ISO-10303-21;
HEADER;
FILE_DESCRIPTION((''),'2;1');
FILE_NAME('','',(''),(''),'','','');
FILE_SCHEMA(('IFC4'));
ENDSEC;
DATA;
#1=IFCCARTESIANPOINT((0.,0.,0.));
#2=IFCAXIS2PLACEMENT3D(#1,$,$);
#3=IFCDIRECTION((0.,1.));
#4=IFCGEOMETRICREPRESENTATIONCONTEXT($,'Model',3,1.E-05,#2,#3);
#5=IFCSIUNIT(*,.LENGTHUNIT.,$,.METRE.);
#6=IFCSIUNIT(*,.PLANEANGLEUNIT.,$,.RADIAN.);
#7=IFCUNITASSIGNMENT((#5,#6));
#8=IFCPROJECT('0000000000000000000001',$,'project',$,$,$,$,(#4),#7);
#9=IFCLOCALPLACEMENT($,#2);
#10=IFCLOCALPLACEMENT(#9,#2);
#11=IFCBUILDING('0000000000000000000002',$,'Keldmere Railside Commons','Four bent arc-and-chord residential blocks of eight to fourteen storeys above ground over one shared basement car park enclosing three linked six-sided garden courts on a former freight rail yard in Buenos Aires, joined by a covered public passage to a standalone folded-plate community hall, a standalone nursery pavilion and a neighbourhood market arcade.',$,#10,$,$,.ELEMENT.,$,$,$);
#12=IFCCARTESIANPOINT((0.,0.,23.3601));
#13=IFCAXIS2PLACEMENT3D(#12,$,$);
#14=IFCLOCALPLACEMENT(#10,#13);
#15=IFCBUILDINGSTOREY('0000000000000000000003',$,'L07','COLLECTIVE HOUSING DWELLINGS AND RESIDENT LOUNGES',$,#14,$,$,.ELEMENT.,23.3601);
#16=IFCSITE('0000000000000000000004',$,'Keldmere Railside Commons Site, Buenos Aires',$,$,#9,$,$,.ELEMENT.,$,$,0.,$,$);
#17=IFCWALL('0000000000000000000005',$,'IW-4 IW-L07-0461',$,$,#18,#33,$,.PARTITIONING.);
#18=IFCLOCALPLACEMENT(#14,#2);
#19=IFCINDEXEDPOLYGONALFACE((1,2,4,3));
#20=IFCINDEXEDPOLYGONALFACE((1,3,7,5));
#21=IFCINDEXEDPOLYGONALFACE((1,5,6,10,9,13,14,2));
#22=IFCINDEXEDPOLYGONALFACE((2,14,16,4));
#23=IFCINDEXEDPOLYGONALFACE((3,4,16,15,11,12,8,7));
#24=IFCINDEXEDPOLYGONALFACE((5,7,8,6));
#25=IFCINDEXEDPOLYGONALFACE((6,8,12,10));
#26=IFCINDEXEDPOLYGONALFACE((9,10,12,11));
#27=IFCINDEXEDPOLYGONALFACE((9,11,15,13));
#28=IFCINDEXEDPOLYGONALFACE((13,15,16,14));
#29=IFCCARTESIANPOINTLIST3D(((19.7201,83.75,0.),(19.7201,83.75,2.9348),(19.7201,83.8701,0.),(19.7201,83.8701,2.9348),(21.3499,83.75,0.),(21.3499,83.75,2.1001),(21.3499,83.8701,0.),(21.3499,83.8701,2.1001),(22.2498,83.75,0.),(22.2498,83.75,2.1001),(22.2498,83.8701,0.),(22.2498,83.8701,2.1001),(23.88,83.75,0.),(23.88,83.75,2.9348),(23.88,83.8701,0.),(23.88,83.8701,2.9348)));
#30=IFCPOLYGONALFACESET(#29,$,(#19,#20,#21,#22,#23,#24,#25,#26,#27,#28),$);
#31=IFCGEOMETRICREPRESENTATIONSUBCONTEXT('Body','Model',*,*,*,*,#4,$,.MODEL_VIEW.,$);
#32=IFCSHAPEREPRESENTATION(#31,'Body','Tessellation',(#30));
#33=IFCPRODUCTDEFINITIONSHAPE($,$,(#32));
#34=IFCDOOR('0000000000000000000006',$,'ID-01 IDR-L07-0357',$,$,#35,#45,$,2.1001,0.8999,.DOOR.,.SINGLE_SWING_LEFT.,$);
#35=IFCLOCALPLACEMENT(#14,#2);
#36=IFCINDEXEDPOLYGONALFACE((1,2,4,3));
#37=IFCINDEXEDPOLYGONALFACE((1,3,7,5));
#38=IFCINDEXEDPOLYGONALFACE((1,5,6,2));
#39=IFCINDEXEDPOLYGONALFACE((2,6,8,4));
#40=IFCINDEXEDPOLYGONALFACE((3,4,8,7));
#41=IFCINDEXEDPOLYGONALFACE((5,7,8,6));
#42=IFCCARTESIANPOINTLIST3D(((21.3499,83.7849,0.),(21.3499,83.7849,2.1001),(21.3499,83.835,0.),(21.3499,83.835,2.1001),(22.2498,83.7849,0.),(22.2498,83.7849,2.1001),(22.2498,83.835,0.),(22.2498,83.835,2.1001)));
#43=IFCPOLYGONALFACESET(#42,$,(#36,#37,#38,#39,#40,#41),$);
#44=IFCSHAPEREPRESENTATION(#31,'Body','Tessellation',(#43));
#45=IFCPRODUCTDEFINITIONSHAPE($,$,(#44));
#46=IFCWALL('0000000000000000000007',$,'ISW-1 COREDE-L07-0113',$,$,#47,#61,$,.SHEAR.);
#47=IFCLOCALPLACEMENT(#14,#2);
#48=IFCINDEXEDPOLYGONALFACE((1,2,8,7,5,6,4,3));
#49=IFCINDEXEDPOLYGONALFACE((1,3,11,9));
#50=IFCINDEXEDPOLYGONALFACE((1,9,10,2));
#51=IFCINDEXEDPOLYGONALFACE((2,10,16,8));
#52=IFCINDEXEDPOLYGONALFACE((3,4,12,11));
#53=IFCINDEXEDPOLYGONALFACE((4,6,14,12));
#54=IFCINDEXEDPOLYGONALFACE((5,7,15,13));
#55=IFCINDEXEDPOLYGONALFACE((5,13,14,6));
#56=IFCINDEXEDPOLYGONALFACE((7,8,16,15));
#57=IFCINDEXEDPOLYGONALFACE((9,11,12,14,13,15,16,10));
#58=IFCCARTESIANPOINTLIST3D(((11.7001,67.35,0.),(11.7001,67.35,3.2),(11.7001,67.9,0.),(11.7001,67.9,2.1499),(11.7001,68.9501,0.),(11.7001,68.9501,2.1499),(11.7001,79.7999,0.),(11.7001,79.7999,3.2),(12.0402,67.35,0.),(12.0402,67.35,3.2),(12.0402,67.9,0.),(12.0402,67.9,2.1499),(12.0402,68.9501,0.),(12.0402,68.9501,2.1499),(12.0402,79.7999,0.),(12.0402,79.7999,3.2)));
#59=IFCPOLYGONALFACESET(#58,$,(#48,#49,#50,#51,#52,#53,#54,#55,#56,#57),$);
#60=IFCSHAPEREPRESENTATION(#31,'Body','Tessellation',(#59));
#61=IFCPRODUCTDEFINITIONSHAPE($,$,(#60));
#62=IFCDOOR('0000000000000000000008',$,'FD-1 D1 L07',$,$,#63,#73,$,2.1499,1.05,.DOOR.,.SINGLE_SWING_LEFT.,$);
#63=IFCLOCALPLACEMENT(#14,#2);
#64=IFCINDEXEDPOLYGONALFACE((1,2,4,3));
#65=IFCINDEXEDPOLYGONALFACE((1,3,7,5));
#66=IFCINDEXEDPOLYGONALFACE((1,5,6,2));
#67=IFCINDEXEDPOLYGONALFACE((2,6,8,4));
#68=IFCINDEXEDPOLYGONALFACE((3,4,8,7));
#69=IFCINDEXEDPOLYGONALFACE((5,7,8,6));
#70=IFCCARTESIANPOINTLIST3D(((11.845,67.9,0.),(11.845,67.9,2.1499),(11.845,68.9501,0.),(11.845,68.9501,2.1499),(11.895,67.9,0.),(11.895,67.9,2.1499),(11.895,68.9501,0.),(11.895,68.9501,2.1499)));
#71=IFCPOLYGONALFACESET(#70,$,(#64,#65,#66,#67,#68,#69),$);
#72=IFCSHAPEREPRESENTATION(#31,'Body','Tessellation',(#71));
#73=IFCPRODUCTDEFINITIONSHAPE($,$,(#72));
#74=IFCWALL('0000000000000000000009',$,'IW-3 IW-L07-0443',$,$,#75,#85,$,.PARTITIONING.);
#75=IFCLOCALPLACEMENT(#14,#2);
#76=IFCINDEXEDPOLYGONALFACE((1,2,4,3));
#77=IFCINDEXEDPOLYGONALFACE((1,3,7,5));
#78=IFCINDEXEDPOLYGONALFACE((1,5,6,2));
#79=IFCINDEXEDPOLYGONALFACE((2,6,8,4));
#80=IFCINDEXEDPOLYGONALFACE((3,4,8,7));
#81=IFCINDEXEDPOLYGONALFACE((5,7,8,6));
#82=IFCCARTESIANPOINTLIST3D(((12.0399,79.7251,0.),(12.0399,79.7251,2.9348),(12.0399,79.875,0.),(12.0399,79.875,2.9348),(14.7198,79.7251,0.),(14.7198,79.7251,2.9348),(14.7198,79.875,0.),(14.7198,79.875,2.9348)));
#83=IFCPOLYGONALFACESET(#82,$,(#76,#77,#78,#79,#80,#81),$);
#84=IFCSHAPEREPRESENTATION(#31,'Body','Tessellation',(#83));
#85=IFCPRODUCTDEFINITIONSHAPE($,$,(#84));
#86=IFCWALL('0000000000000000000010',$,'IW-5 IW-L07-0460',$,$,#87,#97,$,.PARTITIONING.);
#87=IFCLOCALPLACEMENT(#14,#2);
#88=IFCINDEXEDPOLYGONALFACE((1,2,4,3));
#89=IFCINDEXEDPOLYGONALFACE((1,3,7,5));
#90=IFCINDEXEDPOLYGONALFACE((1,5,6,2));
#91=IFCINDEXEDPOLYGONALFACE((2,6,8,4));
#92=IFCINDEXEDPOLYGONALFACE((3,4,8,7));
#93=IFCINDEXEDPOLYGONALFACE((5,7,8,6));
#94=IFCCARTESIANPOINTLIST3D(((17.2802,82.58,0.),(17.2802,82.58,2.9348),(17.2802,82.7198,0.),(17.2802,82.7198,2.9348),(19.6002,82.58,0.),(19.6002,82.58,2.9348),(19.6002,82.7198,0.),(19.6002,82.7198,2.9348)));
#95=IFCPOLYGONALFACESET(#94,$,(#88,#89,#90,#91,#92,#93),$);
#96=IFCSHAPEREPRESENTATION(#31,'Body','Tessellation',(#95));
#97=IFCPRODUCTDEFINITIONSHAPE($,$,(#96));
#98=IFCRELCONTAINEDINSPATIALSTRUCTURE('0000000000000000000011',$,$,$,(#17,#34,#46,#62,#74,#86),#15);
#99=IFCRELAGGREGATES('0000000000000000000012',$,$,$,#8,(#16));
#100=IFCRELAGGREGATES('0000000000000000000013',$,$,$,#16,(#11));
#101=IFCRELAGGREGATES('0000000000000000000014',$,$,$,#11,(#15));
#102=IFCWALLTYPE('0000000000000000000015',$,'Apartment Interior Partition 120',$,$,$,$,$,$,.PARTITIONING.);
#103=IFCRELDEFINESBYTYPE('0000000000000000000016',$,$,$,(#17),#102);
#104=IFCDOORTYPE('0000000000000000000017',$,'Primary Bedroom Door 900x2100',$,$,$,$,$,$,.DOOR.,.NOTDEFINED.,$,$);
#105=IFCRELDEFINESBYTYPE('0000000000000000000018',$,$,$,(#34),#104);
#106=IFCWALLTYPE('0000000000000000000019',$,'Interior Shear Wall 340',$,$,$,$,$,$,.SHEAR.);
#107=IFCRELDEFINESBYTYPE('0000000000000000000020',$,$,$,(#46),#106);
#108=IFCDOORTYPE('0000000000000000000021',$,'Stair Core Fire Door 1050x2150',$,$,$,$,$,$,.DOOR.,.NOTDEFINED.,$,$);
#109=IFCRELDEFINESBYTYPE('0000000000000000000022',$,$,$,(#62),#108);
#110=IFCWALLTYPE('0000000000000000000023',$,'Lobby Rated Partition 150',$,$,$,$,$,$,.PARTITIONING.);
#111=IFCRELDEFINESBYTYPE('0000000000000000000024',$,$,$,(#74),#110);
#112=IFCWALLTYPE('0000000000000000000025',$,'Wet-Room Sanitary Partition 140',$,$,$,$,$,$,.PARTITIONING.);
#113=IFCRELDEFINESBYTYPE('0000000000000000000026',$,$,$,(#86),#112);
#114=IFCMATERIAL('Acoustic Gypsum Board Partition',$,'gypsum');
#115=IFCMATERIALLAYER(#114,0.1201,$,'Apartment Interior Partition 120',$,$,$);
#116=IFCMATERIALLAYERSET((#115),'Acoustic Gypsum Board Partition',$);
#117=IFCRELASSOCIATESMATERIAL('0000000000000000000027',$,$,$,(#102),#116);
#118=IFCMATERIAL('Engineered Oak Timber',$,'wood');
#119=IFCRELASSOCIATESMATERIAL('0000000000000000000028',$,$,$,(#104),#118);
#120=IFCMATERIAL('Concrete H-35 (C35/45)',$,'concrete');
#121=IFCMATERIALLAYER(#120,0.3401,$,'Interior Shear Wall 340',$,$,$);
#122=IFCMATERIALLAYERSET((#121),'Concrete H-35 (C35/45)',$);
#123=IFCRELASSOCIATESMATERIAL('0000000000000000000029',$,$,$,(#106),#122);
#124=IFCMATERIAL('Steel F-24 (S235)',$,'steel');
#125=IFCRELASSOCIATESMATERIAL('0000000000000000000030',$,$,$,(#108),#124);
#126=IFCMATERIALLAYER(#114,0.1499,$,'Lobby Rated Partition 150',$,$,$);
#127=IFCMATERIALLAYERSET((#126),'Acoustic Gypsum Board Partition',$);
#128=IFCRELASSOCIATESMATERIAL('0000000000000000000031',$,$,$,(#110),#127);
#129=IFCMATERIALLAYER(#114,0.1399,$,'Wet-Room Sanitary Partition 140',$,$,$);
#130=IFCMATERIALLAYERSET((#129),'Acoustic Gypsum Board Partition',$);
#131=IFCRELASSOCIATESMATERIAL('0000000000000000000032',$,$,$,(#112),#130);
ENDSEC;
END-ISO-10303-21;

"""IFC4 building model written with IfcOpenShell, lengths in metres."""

from ifc_helpers import new_model, si_unit, direction, frame, frame_2d, origin, place, context, subcontext, project, spatial, rectangle, extrude, material, layer, layer_set, type_object, element, fill, save


model = new_model("IFC4")

# Units and contexts
model_context = context("Model", 3, precision=1e-05, world=origin(), true_north=direction((0.0, 1.0)))
body_context = subcontext(model_context, "Body", "Model", "MODEL_VIEW")
ifc_project = project(units=[si_unit("LENGTHUNIT", "METRE"), si_unit("PLANEANGLEUNIT", "RADIAN")], contexts=[model_context])

# Site, building, storey
site_placement = place(None, origin())
site = spatial("IfcSite", under=ifc_project, at=site_placement, Name="Keldmere Railside Commons Site, Buenos Aires", CompositionType="ELEMENT", RefElevation=0.0)
building_placement = place(site_placement, origin())
building = spatial("IfcBuilding", under=site, at=building_placement, Name="Keldmere Railside Commons", Description="Four bent arc-and-chord residential blocks of eight to fourteen storeys above ground over one shared basement car park enclosing three linked six-sided garden courts on a former freight rail yard in Buenos Aires, joined by a covered public passage to a standalone folded-plate community hall, a standalone nursery pavilion and a neighbourhood market arcade.", CompositionType="ELEMENT")
storey_placement = place(building_placement, frame((0.0, 0.0, 23.3601)))
storey = spatial("IfcBuildingStorey", under=building, at=storey_placement, Name="L07", Description="COLLECTIVE HOUSING DWELLINGS AND RESIDENT LOUNGES", CompositionType="ELEMENT", Elevation=23.3601)

# Shared definitions
ifc_material_1 = material(Name="Concrete H-35 (C35/45)", Category="concrete")

# Shared definitions
ifc_material_2 = material(Name="Acoustic Gypsum Board Partition", Category="gypsum")

# Shared definitions
ifc_layer_1 = layer(ifc_material_2, 0.1201, Name="Apartment Interior Partition 120")
ifc_layer_set_1 = layer_set([ifc_layer_1], Name="Acoustic Gypsum Board Partition")
wall_type_1 = type_object("IfcWallType", Name="Apartment Interior Partition 120", PredefinedType="PARTITIONING", material=ifc_layer_set_1)
ifc_material_3 = material(Name="Engineered Oak Timber", Category="wood")

# Walls, openings, doors
wall_1_placement = place(storey_placement, frame((19.72, 83.8101, 0.0), z_axis=(0.0, 0.0, 1.0), x_axis=(1.0, 0.0, 0.0)))
wall_1 = element("IfcWall", 1, at=wall_1_placement, inside=storey, type_object=wall_type_1, Name="IW-4 IW-L07-0461", PredefinedType="PARTITIONING", context=body_context, shape_type="SweptSolid", body=[
    extrude(rectangle(XDim=4.1599, YDim=0.1201, at=frame_2d((2.0801, 0.0))), origin(), (0.0, 0.0, 1.0), 2.9348),
])
opening_1_placement = place(wall_1_placement, frame((1.6299, 0.0, 0.0)))
opening_1 = element("IfcOpeningElement", 2, at=opening_1_placement, cuts=wall_1, PredefinedType="OPENING", context=body_context, shape_type="SweptSolid", body=[
    extrude(rectangle(XDim=0.8999, YDim=2.1001, at=frame_2d((0.45, 1.05))), frame((0.0, 0.0701, 0.0), z_axis=(0.0, -1.0, 0.0), x_axis=(1.0, 0.0, 0.0)), (0.0, 0.0, 1.0), 0.1401),
])
door_type_1 = type_object("IfcDoorType", Name="Primary Bedroom Door 900x2100", OperationType="NOTDEFINED", PredefinedType="DOOR", material=ifc_material_3)
door_1_placement = place(opening_1_placement, origin())
door_1 = element("IfcDoor", 3, at=door_1_placement, inside=storey, type_object=door_type_1, Name="ID-01 IDR-L07-0357", OperationType="SINGLE_SWING_LEFT", OverallHeight=2.1001, OverallWidth=0.8999, PredefinedType="DOOR", context=body_context, shape_type="SweptSolid", body=[
    extrude(rectangle(XDim=0.8999, YDim=2.1001, at=frame_2d((0.45, 1.05))), frame((0.0, 0.0249, 0.0), z_axis=(0.0, -1.0, 0.0), x_axis=(1.0, 0.0, 0.0)), (0.0, 0.0, 1.0), 0.05),
])
fill(opening_1, door_1)
ifc_layer_2 = layer(ifc_material_1, 0.3401, Name="Interior Shear Wall 340")
ifc_layer_set_2 = layer_set([ifc_layer_2], Name="Concrete H-35 (C35/45)")
wall_type_2 = type_object("IfcWallType", Name="Interior Shear Wall 340", PredefinedType="SHEAR", material=ifc_layer_set_2)
wall_2_placement = place(storey_placement, frame((11.8701, 79.8, 0.0), z_axis=(0.0, 0.0, 1.0), x_axis=(0.0, -1.0, 0.0)))
wall_2 = element("IfcWall", 4, at=wall_2_placement, inside=storey, type_object=wall_type_2, Name="ISW-1 COREDE-L07-0113", PredefinedType="SHEAR", context=body_context, shape_type="SweptSolid", body=[
    extrude(rectangle(XDim=12.45, YDim=0.3401, at=frame_2d((6.2251, 0.0))), origin(), (0.0, 0.0, 1.0), 3.2),
])
opening_2_placement = place(wall_2_placement, frame((10.8501, 0.0, 0.0)))
opening_2 = element("IfcOpeningElement", 5, at=opening_2_placement, cuts=wall_2, PredefinedType="OPENING", context=body_context, shape_type="SweptSolid", body=[
    extrude(rectangle(XDim=1.05, YDim=2.1499, at=frame_2d((0.5249, 1.075))), frame((0.0, 0.1799, 0.0), z_axis=(0.0, -1.0, 0.0), x_axis=(1.0, 0.0, 0.0)), (0.0, 0.0, 1.0), 0.3601),
])
ifc_material_4 = material(Name="Steel F-24 (S235)", Category="steel")
door_type_2 = type_object("IfcDoorType", Name="Stair Core Fire Door 1050x2150", OperationType="NOTDEFINED", PredefinedType="DOOR", material=ifc_material_4)
door_2_placement = place(opening_2_placement, origin())
door_2 = element("IfcDoor", 6, at=door_2_placement, inside=storey, type_object=door_type_2, Name="FD-1 D1 L07", OperationType="SINGLE_SWING_LEFT", OverallHeight=2.1499, OverallWidth=1.05, PredefinedType="DOOR", context=body_context, shape_type="SweptSolid", body=[
    extrude(rectangle(XDim=1.05, YDim=2.1499, at=frame_2d((0.5249, 1.075))), frame((0.0, 0.0249, 0.0), z_axis=(0.0, -1.0, 0.0), x_axis=(1.0, 0.0, 0.0)), (0.0, 0.0, 1.0), 0.05),
])
fill(opening_2, door_2)

# Walls
ifc_layer_3 = layer(ifc_material_2, 0.1499, Name="Lobby Rated Partition 150")
ifc_layer_set_3 = layer_set([ifc_layer_3], Name="Acoustic Gypsum Board Partition")
wall_type_3 = type_object("IfcWallType", Name="Lobby Rated Partition 150", PredefinedType="PARTITIONING", material=ifc_layer_set_3)
wall_3_placement = place(storey_placement, frame((12.04, 79.8, 0.0), z_axis=(0.0, 0.0, 1.0), x_axis=(1.0, 0.0, 0.0)))
element("IfcWall", 7, at=wall_3_placement, inside=storey, type_object=wall_type_3, Name="IW-3 IW-L07-0443", PredefinedType="PARTITIONING", context=body_context, shape_type="SweptSolid", body=[
    extrude(rectangle(XDim=2.6799, YDim=0.1499, at=frame_2d((1.3398, 0.0))), origin(), (0.0, 0.0, 1.0), 2.9348),
])
ifc_layer_4 = layer(ifc_material_2, 0.1399, Name="Wet-Room Sanitary Partition 140")
ifc_layer_set_4 = layer_set([ifc_layer_4], Name="Acoustic Gypsum Board Partition")
wall_type_4 = type_object("IfcWallType", Name="Wet-Room Sanitary Partition 140", PredefinedType="PARTITIONING", material=ifc_layer_set_4)
wall_4_placement = place(storey_placement, frame((17.28, 82.6499, 0.0), z_axis=(0.0, 0.0, 1.0), x_axis=(1.0, 0.0, 0.0)))
element("IfcWall", 8, at=wall_4_placement, inside=storey, type_object=wall_type_4, Name="IW-5 IW-L07-0460", PredefinedType="PARTITIONING", context=body_context, shape_type="SweptSolid", body=[
    extrude(rectangle(XDim=2.3201, YDim=0.1399, at=frame_2d((1.1602, 0.0))), origin(), (0.0, 0.0, 1.0), 2.9348),
])

save(model, "model.ifc")
